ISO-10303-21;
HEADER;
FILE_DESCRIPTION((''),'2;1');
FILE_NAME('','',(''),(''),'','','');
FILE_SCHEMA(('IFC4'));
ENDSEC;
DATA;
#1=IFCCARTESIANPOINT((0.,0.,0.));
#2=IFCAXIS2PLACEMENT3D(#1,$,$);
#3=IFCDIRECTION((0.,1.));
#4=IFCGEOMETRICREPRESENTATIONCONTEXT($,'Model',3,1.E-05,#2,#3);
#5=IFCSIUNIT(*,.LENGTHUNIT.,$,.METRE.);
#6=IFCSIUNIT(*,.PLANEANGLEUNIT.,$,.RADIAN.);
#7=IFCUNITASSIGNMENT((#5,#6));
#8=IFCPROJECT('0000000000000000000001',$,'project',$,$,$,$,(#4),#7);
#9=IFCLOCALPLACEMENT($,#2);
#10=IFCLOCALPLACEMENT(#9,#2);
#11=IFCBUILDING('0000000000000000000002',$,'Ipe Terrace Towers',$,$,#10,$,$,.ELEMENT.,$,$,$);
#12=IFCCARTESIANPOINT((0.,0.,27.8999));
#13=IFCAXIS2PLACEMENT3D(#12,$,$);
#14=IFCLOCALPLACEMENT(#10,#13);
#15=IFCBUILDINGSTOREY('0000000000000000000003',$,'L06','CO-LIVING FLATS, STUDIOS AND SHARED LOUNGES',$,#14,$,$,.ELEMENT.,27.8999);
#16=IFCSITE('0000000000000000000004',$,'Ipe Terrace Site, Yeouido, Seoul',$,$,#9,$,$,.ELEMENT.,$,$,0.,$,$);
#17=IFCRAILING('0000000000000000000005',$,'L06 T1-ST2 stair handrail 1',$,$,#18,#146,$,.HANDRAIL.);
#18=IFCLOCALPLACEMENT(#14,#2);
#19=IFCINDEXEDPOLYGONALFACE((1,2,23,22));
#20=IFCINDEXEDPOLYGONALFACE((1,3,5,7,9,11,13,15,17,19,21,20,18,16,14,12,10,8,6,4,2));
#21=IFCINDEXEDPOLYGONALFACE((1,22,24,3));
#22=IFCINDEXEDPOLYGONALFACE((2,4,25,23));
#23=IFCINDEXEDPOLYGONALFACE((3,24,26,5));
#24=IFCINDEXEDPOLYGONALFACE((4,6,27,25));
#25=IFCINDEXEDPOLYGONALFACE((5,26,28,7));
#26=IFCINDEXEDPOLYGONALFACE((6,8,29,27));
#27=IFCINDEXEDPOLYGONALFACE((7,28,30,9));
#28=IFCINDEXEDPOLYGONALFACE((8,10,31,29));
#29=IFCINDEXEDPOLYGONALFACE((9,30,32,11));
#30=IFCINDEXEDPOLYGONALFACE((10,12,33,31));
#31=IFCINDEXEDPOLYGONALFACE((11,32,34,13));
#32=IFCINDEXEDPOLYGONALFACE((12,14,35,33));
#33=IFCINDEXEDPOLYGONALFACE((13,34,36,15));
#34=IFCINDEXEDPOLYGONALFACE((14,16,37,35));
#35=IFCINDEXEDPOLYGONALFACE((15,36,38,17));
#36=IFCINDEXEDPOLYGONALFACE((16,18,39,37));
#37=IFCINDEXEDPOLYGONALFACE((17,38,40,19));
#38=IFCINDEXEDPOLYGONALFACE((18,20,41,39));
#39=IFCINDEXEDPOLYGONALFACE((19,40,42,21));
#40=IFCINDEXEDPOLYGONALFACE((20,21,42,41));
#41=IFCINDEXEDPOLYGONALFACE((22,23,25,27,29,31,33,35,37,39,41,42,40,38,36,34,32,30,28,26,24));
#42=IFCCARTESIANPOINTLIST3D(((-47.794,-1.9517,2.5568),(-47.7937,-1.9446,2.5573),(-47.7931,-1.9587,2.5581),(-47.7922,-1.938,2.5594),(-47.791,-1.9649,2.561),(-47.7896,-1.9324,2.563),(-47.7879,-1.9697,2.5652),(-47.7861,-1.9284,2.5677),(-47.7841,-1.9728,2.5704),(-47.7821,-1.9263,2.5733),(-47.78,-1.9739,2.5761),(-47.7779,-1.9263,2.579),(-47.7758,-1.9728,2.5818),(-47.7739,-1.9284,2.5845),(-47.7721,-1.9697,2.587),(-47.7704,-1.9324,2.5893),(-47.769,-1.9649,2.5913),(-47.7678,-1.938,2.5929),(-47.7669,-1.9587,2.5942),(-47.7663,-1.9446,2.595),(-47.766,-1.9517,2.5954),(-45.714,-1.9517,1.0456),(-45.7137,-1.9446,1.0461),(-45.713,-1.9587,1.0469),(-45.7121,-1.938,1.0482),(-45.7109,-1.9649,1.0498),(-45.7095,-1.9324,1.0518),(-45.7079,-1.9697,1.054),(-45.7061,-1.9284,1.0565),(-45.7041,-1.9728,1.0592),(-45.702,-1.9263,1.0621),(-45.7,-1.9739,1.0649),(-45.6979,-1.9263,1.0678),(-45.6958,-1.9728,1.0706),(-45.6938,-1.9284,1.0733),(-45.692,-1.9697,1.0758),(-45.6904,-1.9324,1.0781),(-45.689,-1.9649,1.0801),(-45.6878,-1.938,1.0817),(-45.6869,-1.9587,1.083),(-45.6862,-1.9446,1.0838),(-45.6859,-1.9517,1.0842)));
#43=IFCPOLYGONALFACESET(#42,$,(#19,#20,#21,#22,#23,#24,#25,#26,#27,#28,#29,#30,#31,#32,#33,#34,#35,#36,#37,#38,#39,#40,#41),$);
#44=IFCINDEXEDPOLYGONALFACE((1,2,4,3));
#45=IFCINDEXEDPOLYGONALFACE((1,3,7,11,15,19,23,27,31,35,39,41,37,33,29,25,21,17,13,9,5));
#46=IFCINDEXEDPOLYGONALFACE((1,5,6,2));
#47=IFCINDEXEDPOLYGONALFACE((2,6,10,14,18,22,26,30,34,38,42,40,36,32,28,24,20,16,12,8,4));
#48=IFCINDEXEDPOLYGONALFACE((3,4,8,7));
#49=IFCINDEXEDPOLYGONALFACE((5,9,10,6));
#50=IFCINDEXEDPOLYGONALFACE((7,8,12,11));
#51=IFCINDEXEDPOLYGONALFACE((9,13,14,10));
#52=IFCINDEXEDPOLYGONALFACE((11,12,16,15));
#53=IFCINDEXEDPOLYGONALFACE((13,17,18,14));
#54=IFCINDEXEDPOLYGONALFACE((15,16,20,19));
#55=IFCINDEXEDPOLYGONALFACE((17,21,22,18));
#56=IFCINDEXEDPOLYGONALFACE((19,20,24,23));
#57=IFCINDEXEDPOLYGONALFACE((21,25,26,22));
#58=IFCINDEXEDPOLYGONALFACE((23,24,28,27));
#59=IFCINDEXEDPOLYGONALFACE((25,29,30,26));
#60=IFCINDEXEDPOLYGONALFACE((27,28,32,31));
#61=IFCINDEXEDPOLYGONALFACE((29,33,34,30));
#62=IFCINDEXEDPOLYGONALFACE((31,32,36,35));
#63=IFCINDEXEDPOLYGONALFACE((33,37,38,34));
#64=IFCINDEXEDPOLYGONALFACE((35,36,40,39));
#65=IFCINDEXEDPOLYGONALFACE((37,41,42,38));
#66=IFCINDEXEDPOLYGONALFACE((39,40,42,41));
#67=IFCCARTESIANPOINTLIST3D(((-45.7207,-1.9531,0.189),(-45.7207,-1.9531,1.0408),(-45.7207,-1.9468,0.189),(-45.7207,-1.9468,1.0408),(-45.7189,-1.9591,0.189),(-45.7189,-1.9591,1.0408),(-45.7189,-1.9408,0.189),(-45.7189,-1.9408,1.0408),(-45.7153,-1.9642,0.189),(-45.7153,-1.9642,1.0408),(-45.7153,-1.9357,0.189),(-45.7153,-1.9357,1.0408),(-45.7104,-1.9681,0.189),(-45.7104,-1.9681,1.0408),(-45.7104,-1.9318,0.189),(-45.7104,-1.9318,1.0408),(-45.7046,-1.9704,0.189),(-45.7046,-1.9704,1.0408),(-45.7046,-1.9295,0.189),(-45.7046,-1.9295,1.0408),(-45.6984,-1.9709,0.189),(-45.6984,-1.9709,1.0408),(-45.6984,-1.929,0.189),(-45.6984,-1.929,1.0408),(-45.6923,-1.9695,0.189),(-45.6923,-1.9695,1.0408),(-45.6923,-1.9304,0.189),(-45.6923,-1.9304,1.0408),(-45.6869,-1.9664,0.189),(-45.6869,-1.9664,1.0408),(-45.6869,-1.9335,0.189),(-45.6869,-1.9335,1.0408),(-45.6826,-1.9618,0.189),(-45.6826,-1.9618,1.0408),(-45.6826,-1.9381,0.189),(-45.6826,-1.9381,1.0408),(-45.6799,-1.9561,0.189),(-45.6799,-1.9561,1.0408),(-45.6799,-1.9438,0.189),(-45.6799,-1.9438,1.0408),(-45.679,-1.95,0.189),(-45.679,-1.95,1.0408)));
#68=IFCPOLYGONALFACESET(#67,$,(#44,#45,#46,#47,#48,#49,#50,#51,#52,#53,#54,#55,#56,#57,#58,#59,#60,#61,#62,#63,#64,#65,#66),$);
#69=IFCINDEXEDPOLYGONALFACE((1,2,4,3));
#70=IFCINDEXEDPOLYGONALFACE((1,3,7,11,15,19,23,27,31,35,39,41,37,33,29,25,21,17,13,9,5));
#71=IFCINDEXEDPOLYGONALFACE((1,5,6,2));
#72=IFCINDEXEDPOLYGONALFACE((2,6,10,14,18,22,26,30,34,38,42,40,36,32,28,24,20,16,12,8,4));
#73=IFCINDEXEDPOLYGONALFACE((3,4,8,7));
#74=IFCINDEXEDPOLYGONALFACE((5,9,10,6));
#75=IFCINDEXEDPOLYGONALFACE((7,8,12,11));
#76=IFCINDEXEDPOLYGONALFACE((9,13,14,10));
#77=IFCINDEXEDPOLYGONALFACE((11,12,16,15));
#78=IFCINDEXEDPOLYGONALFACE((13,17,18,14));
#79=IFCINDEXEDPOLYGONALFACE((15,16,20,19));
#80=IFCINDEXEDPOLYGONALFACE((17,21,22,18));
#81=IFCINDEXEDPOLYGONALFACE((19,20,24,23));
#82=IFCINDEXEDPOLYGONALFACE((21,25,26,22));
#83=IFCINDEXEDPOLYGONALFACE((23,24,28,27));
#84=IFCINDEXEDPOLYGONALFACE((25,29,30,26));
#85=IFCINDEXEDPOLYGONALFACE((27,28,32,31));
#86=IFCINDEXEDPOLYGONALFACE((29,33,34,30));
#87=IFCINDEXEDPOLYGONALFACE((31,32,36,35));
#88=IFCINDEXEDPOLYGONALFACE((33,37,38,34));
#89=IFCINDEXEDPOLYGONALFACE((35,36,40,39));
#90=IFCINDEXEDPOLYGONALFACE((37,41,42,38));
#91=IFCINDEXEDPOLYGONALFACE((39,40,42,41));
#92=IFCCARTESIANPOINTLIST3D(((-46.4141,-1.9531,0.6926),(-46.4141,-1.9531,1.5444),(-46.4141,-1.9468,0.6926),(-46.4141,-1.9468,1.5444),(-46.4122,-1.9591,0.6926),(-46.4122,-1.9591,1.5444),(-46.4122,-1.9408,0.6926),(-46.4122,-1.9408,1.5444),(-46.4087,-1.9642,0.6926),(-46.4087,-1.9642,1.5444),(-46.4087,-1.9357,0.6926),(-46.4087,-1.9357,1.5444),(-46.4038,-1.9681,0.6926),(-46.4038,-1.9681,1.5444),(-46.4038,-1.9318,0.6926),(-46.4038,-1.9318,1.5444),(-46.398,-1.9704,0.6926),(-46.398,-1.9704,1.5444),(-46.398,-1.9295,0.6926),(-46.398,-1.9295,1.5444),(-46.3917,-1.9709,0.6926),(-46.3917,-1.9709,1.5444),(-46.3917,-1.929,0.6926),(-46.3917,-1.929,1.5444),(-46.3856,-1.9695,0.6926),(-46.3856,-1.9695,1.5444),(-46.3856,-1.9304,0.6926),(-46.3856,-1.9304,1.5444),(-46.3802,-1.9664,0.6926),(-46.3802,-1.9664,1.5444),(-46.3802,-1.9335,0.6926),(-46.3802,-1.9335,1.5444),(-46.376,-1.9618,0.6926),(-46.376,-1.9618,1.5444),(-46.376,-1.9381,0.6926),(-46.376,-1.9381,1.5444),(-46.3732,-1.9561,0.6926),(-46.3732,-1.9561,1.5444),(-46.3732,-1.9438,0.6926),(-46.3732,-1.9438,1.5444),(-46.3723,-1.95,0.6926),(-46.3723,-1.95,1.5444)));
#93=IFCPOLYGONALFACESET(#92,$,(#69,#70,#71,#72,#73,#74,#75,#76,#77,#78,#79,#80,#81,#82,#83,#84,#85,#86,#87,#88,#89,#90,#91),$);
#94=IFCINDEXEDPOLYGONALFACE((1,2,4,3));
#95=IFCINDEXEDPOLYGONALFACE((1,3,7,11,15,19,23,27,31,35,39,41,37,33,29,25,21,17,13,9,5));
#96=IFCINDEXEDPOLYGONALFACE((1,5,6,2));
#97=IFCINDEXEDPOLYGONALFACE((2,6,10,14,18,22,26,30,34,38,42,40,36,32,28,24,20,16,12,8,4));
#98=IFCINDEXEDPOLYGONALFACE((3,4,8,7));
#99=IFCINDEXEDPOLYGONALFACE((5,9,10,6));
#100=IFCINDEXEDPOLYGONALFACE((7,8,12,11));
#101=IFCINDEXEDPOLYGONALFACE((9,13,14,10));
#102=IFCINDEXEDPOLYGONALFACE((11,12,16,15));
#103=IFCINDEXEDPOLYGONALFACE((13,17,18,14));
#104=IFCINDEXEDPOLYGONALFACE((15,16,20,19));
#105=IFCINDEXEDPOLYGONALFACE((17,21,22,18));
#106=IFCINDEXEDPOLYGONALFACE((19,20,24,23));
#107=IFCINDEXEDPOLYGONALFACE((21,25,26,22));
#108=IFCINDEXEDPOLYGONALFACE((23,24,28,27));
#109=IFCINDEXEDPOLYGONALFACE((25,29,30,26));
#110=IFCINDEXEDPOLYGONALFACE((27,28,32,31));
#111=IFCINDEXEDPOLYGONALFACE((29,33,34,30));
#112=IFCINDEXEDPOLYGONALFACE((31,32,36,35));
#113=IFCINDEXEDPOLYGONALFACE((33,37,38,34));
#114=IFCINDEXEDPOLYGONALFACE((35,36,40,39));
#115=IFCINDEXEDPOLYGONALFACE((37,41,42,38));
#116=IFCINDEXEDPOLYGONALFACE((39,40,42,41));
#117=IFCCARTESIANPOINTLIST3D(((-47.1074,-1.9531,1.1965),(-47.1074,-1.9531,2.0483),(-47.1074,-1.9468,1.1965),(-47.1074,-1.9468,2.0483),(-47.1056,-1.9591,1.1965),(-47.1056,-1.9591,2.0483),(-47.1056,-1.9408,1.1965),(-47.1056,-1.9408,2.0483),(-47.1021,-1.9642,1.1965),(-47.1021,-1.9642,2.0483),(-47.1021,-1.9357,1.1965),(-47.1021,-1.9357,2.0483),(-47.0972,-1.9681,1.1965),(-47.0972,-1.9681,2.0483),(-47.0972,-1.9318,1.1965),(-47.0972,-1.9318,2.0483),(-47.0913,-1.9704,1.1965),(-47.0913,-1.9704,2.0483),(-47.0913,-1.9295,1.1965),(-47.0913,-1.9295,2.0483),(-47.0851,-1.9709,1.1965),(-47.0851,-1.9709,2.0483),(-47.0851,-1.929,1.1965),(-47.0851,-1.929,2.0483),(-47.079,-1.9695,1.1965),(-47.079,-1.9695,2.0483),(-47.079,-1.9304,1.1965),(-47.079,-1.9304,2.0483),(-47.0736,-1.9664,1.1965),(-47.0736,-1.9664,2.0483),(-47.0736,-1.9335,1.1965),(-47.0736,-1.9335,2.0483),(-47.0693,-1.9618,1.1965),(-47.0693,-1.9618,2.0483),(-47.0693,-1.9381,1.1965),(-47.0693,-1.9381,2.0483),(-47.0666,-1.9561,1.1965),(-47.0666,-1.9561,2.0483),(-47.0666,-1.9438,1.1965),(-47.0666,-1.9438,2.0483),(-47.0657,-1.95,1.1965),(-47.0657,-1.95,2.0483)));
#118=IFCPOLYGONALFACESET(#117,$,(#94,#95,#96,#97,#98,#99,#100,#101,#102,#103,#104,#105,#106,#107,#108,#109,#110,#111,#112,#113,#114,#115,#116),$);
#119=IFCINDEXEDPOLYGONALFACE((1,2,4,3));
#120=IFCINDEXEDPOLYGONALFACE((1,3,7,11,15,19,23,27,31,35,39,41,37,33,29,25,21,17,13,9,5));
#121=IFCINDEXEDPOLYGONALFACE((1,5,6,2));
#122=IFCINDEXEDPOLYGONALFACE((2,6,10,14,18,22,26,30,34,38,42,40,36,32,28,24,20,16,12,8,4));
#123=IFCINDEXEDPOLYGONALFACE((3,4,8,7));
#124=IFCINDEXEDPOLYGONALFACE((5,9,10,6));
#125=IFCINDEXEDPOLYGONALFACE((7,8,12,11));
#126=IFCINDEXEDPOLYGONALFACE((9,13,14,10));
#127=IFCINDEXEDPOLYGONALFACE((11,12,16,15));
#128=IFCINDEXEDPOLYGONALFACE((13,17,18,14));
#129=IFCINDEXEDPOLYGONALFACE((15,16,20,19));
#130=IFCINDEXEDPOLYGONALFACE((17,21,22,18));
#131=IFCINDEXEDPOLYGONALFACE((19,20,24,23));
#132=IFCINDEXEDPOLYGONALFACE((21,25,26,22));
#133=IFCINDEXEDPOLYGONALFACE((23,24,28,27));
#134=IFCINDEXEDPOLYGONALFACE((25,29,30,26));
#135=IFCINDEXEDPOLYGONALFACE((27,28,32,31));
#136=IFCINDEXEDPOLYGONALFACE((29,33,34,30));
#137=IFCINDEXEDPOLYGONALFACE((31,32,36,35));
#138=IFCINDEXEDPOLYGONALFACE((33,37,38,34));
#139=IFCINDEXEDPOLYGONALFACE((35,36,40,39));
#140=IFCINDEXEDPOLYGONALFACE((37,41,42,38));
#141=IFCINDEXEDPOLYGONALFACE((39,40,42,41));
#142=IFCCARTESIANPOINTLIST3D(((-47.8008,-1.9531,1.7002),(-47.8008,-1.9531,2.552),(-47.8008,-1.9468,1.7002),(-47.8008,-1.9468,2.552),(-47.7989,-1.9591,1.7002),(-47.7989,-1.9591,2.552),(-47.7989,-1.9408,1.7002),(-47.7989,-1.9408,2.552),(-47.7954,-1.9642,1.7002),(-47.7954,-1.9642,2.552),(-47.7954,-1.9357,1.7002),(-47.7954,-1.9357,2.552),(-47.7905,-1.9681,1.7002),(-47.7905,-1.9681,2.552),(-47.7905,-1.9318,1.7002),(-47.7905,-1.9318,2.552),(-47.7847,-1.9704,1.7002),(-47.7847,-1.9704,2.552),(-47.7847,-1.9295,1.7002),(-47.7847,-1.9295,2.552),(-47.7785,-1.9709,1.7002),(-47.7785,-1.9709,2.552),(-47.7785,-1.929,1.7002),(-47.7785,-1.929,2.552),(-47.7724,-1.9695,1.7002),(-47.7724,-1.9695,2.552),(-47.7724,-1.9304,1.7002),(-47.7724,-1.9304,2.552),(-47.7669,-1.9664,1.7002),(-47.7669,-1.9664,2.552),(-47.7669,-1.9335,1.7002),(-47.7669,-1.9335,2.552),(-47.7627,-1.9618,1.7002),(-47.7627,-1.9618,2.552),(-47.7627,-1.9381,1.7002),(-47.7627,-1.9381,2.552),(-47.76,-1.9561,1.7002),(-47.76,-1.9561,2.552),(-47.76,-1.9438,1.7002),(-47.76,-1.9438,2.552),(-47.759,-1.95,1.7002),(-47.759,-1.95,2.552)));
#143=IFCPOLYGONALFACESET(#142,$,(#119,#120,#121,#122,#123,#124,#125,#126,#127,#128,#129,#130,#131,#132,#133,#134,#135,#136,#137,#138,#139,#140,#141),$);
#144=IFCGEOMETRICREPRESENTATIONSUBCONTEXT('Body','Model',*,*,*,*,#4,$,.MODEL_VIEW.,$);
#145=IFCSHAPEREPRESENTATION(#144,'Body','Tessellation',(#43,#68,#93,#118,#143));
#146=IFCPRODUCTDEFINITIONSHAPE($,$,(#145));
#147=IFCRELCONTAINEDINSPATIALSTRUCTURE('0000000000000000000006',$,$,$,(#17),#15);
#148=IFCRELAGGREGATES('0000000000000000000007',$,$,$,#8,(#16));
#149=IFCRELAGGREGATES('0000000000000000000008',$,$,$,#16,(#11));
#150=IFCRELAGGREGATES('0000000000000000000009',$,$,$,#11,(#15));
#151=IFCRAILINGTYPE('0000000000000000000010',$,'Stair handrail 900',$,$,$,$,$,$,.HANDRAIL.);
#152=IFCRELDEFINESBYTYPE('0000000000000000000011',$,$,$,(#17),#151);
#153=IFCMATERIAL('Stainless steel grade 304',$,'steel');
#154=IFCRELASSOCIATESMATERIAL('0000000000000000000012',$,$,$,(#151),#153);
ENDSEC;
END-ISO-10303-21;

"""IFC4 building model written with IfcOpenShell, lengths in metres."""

from ifc_helpers import new_model, si_unit, direction, frame, origin, origin_2d, place, context, subcontext, project, spatial, circle, extrude, material, type_object, element, save


model = new_model("IFC4")

# Units and contexts
model_context = context("Model", 3, precision=1e-05, world=origin(), true_north=direction((0.0, 1.0)))
body_context = subcontext(model_context, "Body", "Model", "MODEL_VIEW")
ifc_project = project(units=[si_unit("LENGTHUNIT", "METRE"), si_unit("PLANEANGLEUNIT", "RADIAN")], contexts=[model_context])

# Site, building, storey
site_placement = place(None, origin())
site = spatial("IfcSite", under=ifc_project, at=site_placement, Name="Ipe Terrace Site, Yeouido, Seoul", CompositionType="ELEMENT", RefElevation=0.0)
building_placement = place(site_placement, origin())
building = spatial("IfcBuilding", under=site, at=building_placement, Name="Ipe Terrace Towers", CompositionType="ELEMENT")
storey_placement = place(building_placement, frame((0.0, 0.0, 27.8999)))
storey = spatial("IfcBuildingStorey", under=building, at=storey_placement, Name="L06", Description="CO-LIVING FLATS, STUDIOS AND SHARED LOUNGES", CompositionType="ELEMENT", Elevation=27.8999)

# Railing
ifc_material_1 = material(Name="Stainless steel grade 304", Category="steel")
railing_type_1 = type_object("IfcRailingType", Name="Stair handrail 900", PredefinedType="HANDRAIL", material=ifc_material_1)
railing_1_placement = place(storey_placement, frame((-45.7, -1.95, 0.189)))
element("IfcRailing", 1, at=railing_1_placement, inside=storey, type_object=railing_type_1, Name="L06 T1-ST2 stair handrail 1", PredefinedType="HANDRAIL", context=body_context, shape_type="SweptSolid", body=[
    extrude(circle(Radius=0.0239, at=origin_2d()), frame((0.0, 0.0, 0.876), z_axis=(-0.809023, 0.0, 0.587776), x_axis=(0.0, -1.0, 0.0)), (0.0, 0.0, 1.0), 2.571),
    extrude(circle(Radius=0.021, at=origin_2d()), origin(), (0.0, 0.0, 1.0), 0.8518),
    extrude(circle(Radius=0.021, at=origin_2d()), frame((-0.6934, 0.0, 0.5037)), (0.0, 0.0, 1.0), 0.8518),
    extrude(circle(Radius=0.021, at=origin_2d()), frame((-1.3867, 0.0, 1.0076)), (0.0, 0.0, 1.0), 0.8518),
    extrude(circle(Radius=0.021, at=origin_2d()), frame((-2.0801, 0.0, 1.5112)), (0.0, 0.0, 1.0), 0.8518),
])

save(model, "model.ifc")
